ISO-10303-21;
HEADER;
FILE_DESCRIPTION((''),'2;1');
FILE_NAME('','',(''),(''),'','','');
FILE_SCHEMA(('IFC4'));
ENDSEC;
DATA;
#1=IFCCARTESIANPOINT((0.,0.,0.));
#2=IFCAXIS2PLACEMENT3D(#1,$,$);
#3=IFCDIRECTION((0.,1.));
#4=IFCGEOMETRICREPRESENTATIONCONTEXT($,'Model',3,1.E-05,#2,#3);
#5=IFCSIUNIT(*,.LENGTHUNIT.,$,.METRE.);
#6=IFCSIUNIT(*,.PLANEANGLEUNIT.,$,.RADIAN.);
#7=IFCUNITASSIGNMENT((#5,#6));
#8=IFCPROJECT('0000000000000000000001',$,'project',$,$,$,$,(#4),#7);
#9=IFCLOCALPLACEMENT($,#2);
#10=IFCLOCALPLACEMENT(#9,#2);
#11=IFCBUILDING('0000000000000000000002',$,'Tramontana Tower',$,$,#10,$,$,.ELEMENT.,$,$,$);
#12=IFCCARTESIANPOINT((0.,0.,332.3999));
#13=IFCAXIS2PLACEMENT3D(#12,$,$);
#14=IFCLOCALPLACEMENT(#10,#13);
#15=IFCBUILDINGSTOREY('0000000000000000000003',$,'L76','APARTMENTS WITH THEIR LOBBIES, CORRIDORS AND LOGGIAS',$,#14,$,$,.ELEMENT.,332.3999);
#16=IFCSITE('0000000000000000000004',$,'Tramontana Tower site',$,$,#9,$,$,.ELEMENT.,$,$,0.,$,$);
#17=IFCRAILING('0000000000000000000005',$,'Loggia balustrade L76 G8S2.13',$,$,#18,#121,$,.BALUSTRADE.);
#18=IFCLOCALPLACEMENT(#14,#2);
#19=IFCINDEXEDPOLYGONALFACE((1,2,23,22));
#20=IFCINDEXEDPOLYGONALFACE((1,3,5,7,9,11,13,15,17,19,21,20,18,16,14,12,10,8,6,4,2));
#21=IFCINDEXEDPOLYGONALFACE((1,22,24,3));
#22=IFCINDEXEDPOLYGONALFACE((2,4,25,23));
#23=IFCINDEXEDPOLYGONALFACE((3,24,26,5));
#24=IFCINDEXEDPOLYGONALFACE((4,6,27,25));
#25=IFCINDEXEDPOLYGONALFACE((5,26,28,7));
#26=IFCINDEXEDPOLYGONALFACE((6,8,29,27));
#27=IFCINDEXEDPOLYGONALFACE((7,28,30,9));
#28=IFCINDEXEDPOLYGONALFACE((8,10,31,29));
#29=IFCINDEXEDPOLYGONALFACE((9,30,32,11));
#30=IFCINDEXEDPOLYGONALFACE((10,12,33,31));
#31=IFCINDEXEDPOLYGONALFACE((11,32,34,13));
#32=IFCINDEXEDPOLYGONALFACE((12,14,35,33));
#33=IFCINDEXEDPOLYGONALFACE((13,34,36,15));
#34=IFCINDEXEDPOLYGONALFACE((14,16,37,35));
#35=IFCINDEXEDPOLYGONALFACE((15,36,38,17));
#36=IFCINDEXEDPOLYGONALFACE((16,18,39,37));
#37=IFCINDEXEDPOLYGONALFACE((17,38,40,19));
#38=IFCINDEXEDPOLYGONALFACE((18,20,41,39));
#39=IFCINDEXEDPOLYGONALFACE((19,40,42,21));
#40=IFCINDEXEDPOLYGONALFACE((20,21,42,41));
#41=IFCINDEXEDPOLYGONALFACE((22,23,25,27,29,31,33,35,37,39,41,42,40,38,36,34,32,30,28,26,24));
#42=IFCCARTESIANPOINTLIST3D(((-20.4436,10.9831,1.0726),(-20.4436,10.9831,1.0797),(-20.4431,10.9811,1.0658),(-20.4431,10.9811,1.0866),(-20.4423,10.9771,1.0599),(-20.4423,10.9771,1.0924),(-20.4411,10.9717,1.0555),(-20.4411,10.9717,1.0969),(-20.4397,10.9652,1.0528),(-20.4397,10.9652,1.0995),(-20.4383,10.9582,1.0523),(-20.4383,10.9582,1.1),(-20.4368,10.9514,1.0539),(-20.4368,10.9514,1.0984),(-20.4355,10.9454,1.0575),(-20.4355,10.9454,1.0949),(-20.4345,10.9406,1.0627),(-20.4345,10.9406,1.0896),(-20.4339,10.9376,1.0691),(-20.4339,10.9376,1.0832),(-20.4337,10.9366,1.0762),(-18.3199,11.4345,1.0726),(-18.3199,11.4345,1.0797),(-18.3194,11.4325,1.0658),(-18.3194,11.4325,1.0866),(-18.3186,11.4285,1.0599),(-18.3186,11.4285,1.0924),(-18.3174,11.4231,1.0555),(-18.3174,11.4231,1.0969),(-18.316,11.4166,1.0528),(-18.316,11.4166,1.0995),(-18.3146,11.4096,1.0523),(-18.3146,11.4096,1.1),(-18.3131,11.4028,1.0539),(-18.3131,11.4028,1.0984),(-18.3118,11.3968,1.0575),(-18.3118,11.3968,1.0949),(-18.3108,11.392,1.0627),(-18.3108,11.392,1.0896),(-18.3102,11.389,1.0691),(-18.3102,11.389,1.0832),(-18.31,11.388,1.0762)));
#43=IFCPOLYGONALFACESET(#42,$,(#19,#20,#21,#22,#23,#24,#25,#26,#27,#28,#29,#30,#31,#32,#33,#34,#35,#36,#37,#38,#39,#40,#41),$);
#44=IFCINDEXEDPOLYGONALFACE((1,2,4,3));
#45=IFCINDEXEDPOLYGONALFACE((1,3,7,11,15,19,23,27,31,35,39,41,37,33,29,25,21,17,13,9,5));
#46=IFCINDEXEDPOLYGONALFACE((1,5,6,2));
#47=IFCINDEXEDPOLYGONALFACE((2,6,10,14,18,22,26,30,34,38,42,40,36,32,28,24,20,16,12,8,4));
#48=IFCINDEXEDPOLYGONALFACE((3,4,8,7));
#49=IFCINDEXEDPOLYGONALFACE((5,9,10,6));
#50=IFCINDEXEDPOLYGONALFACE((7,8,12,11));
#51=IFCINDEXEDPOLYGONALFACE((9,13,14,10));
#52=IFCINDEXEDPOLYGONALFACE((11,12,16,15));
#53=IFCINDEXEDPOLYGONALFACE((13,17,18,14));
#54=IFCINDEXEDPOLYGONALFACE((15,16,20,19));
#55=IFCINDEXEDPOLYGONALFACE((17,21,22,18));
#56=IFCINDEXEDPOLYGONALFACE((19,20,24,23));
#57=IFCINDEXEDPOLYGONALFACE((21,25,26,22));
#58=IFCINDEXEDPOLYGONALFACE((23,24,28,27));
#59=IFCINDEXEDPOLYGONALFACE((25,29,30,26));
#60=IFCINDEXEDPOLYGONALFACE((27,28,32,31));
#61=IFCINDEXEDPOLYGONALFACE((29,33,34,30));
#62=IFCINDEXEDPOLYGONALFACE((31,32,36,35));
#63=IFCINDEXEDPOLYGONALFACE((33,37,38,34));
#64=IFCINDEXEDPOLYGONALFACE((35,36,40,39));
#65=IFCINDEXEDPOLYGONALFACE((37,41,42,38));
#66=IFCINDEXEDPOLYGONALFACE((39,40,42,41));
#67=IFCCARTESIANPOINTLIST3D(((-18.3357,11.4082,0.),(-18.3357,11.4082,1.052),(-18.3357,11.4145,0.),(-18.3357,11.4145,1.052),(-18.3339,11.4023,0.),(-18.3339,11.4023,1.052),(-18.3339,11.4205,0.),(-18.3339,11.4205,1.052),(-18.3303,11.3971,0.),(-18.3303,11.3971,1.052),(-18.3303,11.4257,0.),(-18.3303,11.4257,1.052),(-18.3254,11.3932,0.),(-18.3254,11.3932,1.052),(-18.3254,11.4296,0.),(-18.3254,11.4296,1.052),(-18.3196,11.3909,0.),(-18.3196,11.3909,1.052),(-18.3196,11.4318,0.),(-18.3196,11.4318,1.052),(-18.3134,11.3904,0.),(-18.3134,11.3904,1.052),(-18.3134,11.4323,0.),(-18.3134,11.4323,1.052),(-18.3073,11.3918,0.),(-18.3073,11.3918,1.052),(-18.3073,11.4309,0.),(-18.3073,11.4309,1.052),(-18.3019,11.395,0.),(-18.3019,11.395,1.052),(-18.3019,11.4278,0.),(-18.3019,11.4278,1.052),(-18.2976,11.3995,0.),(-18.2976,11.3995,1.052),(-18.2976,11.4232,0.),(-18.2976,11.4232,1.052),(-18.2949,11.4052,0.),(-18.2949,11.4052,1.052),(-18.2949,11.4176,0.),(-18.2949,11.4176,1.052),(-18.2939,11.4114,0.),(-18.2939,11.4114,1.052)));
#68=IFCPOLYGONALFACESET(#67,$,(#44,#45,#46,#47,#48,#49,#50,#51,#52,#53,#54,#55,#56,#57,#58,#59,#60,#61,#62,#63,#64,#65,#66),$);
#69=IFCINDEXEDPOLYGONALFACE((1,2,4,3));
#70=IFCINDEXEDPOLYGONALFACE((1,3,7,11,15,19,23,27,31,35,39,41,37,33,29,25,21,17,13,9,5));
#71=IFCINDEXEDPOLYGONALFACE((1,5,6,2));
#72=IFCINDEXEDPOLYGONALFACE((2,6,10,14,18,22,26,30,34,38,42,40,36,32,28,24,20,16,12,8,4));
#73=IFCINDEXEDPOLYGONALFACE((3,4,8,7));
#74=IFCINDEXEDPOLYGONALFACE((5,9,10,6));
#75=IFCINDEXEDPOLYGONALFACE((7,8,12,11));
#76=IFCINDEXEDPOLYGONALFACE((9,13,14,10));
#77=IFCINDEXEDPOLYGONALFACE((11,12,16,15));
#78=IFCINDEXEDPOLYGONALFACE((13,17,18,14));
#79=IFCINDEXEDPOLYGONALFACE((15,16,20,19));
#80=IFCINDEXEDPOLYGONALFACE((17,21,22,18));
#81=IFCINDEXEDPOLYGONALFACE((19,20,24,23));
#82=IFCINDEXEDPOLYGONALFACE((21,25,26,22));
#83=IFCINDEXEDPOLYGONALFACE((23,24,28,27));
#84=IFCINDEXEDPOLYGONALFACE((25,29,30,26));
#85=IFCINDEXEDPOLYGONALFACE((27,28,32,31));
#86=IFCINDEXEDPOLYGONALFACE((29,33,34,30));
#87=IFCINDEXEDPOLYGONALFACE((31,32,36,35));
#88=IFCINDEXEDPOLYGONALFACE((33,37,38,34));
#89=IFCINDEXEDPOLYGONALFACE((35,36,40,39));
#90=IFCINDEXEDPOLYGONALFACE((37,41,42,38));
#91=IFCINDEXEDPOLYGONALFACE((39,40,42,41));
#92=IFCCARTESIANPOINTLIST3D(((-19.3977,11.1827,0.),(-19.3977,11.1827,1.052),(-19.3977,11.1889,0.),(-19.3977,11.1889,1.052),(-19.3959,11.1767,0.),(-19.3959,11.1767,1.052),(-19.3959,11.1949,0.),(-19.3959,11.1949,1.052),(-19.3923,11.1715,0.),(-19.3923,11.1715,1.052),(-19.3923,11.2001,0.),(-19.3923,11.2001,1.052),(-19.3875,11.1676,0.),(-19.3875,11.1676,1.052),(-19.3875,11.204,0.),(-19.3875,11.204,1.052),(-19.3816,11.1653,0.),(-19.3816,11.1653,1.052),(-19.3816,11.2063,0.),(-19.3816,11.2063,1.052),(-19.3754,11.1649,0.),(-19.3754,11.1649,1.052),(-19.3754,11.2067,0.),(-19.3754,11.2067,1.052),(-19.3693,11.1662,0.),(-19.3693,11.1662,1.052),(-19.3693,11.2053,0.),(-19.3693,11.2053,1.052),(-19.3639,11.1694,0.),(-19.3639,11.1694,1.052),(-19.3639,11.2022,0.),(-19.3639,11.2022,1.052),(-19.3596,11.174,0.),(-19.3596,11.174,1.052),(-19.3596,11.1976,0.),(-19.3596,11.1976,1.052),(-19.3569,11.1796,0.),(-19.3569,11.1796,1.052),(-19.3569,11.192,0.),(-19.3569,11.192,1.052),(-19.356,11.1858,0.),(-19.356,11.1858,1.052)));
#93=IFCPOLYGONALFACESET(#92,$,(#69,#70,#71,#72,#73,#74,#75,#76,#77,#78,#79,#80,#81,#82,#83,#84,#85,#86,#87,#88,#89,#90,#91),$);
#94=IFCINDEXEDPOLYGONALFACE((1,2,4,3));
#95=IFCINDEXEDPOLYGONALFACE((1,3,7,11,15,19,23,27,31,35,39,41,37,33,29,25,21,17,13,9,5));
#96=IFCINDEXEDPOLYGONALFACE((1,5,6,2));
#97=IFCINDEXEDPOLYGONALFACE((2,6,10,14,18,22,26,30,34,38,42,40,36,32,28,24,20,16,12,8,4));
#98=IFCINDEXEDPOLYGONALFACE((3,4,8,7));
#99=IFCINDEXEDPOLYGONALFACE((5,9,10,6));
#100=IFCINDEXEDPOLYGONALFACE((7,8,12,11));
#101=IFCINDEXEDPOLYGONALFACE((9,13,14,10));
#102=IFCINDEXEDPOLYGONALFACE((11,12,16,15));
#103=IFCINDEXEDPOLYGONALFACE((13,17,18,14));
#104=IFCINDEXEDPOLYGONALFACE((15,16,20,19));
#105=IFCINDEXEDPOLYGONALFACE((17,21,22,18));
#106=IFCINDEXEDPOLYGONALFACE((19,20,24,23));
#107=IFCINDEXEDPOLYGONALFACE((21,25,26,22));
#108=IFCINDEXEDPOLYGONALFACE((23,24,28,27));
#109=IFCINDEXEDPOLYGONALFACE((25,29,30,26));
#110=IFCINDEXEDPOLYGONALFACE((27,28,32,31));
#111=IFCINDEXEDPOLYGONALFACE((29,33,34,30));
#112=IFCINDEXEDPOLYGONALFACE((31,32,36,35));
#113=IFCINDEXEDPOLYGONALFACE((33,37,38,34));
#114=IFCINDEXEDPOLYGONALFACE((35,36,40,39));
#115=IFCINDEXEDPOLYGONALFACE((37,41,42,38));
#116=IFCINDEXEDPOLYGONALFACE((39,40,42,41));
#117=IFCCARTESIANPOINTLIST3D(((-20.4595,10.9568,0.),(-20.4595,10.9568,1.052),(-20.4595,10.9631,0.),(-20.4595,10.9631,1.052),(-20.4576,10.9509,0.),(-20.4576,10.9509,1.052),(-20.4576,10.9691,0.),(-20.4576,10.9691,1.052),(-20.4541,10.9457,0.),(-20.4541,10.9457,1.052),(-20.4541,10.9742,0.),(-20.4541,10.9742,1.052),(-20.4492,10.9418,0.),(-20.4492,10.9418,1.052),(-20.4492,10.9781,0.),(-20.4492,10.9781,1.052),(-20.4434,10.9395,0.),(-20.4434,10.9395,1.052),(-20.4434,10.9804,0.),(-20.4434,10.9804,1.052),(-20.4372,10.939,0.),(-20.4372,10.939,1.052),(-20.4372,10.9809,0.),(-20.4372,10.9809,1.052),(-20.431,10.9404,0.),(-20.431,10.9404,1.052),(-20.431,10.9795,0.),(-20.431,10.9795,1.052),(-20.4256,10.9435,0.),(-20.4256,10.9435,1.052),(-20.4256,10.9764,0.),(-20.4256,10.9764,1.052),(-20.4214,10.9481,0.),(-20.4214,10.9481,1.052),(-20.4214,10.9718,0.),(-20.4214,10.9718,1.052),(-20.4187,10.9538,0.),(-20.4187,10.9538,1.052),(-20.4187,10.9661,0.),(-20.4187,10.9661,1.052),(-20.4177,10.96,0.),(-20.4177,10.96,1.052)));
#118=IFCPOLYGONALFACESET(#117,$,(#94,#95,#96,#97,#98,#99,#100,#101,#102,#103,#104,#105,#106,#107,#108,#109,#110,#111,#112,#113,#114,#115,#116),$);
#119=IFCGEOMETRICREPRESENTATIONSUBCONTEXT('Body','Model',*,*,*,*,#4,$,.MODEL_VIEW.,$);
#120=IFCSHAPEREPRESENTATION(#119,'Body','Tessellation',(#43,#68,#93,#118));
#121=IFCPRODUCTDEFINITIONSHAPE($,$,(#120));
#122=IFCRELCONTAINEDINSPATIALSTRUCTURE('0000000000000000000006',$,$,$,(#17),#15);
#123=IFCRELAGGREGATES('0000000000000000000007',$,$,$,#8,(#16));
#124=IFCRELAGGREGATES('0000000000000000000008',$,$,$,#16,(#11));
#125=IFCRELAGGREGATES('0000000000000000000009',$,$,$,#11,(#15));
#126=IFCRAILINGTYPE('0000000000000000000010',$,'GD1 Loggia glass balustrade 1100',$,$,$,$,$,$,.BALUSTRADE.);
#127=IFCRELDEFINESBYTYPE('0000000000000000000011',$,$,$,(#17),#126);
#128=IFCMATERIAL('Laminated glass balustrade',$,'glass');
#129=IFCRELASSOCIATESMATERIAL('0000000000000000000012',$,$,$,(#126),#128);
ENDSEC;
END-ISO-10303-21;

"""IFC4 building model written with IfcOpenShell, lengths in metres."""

from ifc_helpers import new_model, si_unit, direction, frame, origin, origin_2d, place, context, subcontext, project, spatial, circle, extrude, material, type_object, element, save


model = new_model("IFC4")

# Units and contexts
model_context = context("Model", 3, precision=1e-05, world=origin(), true_north=direction((0.0, 1.0)))
body_context = subcontext(model_context, "Body", "Model", "MODEL_VIEW")
ifc_project = project(units=[si_unit("LENGTHUNIT", "METRE"), si_unit("PLANEANGLEUNIT", "RADIAN")], contexts=[model_context])

# Site, building, storey
site_placement = place(None, origin())
site = spatial("IfcSite", under=ifc_project, at=site_placement, Name="Tramontana Tower site", CompositionType="ELEMENT", RefElevation=0.0)
building_placement = place(site_placement, origin())
building = spatial("IfcBuilding", under=site, at=building_placement, Name="Tramontana Tower", CompositionType="ELEMENT")
storey_placement = place(building_placement, frame((0.0, 0.0, 332.3999)))
storey = spatial("IfcBuildingStorey", under=building, at=storey_placement, Name="L76", Description="APARTMENTS WITH THEIR LOBBIES, CORRIDORS AND LOGGIAS", CompositionType="ELEMENT", Elevation=332.3999)

# Railing
ifc_material_1 = material(Name="Laminated glass balustrade", Category="glass")
railing_type = type_object("IfcRailingType", Name="GD1 Loggia glass balustrade 1100", PredefinedType="BALUSTRADE", material=ifc_material_1)
railing_1_placement = place(storey_placement, frame((-18.3149, 11.4114, 0.0)))
element("IfcRailing", 1, at=railing_1_placement, inside=storey, type_object=railing_type, Name="Loggia balustrade L76 G8S2.13", PredefinedType="BALUSTRADE", context=body_context, shape_type="SweptSolid", body=[
    extrude(circle(Radius=0.0239, at=origin_2d()), frame((0.0, 0.0, 1.0762), z_axis=(-0.978148, -0.207909, 0.0), x_axis=(0.207909, -0.978148, 0.0)), (0.0, 0.0, 1.0), 2.1711),
    extrude(circle(Radius=0.021, at=origin_2d()), origin(), (0.0, 0.0, 1.0), 1.052),
    extrude(circle(Radius=0.021, at=origin_2d()), frame((-1.062, -0.2256, 0.0)), (0.0, 0.0, 1.0), 1.052),
    extrude(circle(Radius=0.021, at=origin_2d()), frame((-2.1238, -0.4514, 0.0)), (0.0, 0.0, 1.0), 1.052),
])

save(model, "model.ifc")
